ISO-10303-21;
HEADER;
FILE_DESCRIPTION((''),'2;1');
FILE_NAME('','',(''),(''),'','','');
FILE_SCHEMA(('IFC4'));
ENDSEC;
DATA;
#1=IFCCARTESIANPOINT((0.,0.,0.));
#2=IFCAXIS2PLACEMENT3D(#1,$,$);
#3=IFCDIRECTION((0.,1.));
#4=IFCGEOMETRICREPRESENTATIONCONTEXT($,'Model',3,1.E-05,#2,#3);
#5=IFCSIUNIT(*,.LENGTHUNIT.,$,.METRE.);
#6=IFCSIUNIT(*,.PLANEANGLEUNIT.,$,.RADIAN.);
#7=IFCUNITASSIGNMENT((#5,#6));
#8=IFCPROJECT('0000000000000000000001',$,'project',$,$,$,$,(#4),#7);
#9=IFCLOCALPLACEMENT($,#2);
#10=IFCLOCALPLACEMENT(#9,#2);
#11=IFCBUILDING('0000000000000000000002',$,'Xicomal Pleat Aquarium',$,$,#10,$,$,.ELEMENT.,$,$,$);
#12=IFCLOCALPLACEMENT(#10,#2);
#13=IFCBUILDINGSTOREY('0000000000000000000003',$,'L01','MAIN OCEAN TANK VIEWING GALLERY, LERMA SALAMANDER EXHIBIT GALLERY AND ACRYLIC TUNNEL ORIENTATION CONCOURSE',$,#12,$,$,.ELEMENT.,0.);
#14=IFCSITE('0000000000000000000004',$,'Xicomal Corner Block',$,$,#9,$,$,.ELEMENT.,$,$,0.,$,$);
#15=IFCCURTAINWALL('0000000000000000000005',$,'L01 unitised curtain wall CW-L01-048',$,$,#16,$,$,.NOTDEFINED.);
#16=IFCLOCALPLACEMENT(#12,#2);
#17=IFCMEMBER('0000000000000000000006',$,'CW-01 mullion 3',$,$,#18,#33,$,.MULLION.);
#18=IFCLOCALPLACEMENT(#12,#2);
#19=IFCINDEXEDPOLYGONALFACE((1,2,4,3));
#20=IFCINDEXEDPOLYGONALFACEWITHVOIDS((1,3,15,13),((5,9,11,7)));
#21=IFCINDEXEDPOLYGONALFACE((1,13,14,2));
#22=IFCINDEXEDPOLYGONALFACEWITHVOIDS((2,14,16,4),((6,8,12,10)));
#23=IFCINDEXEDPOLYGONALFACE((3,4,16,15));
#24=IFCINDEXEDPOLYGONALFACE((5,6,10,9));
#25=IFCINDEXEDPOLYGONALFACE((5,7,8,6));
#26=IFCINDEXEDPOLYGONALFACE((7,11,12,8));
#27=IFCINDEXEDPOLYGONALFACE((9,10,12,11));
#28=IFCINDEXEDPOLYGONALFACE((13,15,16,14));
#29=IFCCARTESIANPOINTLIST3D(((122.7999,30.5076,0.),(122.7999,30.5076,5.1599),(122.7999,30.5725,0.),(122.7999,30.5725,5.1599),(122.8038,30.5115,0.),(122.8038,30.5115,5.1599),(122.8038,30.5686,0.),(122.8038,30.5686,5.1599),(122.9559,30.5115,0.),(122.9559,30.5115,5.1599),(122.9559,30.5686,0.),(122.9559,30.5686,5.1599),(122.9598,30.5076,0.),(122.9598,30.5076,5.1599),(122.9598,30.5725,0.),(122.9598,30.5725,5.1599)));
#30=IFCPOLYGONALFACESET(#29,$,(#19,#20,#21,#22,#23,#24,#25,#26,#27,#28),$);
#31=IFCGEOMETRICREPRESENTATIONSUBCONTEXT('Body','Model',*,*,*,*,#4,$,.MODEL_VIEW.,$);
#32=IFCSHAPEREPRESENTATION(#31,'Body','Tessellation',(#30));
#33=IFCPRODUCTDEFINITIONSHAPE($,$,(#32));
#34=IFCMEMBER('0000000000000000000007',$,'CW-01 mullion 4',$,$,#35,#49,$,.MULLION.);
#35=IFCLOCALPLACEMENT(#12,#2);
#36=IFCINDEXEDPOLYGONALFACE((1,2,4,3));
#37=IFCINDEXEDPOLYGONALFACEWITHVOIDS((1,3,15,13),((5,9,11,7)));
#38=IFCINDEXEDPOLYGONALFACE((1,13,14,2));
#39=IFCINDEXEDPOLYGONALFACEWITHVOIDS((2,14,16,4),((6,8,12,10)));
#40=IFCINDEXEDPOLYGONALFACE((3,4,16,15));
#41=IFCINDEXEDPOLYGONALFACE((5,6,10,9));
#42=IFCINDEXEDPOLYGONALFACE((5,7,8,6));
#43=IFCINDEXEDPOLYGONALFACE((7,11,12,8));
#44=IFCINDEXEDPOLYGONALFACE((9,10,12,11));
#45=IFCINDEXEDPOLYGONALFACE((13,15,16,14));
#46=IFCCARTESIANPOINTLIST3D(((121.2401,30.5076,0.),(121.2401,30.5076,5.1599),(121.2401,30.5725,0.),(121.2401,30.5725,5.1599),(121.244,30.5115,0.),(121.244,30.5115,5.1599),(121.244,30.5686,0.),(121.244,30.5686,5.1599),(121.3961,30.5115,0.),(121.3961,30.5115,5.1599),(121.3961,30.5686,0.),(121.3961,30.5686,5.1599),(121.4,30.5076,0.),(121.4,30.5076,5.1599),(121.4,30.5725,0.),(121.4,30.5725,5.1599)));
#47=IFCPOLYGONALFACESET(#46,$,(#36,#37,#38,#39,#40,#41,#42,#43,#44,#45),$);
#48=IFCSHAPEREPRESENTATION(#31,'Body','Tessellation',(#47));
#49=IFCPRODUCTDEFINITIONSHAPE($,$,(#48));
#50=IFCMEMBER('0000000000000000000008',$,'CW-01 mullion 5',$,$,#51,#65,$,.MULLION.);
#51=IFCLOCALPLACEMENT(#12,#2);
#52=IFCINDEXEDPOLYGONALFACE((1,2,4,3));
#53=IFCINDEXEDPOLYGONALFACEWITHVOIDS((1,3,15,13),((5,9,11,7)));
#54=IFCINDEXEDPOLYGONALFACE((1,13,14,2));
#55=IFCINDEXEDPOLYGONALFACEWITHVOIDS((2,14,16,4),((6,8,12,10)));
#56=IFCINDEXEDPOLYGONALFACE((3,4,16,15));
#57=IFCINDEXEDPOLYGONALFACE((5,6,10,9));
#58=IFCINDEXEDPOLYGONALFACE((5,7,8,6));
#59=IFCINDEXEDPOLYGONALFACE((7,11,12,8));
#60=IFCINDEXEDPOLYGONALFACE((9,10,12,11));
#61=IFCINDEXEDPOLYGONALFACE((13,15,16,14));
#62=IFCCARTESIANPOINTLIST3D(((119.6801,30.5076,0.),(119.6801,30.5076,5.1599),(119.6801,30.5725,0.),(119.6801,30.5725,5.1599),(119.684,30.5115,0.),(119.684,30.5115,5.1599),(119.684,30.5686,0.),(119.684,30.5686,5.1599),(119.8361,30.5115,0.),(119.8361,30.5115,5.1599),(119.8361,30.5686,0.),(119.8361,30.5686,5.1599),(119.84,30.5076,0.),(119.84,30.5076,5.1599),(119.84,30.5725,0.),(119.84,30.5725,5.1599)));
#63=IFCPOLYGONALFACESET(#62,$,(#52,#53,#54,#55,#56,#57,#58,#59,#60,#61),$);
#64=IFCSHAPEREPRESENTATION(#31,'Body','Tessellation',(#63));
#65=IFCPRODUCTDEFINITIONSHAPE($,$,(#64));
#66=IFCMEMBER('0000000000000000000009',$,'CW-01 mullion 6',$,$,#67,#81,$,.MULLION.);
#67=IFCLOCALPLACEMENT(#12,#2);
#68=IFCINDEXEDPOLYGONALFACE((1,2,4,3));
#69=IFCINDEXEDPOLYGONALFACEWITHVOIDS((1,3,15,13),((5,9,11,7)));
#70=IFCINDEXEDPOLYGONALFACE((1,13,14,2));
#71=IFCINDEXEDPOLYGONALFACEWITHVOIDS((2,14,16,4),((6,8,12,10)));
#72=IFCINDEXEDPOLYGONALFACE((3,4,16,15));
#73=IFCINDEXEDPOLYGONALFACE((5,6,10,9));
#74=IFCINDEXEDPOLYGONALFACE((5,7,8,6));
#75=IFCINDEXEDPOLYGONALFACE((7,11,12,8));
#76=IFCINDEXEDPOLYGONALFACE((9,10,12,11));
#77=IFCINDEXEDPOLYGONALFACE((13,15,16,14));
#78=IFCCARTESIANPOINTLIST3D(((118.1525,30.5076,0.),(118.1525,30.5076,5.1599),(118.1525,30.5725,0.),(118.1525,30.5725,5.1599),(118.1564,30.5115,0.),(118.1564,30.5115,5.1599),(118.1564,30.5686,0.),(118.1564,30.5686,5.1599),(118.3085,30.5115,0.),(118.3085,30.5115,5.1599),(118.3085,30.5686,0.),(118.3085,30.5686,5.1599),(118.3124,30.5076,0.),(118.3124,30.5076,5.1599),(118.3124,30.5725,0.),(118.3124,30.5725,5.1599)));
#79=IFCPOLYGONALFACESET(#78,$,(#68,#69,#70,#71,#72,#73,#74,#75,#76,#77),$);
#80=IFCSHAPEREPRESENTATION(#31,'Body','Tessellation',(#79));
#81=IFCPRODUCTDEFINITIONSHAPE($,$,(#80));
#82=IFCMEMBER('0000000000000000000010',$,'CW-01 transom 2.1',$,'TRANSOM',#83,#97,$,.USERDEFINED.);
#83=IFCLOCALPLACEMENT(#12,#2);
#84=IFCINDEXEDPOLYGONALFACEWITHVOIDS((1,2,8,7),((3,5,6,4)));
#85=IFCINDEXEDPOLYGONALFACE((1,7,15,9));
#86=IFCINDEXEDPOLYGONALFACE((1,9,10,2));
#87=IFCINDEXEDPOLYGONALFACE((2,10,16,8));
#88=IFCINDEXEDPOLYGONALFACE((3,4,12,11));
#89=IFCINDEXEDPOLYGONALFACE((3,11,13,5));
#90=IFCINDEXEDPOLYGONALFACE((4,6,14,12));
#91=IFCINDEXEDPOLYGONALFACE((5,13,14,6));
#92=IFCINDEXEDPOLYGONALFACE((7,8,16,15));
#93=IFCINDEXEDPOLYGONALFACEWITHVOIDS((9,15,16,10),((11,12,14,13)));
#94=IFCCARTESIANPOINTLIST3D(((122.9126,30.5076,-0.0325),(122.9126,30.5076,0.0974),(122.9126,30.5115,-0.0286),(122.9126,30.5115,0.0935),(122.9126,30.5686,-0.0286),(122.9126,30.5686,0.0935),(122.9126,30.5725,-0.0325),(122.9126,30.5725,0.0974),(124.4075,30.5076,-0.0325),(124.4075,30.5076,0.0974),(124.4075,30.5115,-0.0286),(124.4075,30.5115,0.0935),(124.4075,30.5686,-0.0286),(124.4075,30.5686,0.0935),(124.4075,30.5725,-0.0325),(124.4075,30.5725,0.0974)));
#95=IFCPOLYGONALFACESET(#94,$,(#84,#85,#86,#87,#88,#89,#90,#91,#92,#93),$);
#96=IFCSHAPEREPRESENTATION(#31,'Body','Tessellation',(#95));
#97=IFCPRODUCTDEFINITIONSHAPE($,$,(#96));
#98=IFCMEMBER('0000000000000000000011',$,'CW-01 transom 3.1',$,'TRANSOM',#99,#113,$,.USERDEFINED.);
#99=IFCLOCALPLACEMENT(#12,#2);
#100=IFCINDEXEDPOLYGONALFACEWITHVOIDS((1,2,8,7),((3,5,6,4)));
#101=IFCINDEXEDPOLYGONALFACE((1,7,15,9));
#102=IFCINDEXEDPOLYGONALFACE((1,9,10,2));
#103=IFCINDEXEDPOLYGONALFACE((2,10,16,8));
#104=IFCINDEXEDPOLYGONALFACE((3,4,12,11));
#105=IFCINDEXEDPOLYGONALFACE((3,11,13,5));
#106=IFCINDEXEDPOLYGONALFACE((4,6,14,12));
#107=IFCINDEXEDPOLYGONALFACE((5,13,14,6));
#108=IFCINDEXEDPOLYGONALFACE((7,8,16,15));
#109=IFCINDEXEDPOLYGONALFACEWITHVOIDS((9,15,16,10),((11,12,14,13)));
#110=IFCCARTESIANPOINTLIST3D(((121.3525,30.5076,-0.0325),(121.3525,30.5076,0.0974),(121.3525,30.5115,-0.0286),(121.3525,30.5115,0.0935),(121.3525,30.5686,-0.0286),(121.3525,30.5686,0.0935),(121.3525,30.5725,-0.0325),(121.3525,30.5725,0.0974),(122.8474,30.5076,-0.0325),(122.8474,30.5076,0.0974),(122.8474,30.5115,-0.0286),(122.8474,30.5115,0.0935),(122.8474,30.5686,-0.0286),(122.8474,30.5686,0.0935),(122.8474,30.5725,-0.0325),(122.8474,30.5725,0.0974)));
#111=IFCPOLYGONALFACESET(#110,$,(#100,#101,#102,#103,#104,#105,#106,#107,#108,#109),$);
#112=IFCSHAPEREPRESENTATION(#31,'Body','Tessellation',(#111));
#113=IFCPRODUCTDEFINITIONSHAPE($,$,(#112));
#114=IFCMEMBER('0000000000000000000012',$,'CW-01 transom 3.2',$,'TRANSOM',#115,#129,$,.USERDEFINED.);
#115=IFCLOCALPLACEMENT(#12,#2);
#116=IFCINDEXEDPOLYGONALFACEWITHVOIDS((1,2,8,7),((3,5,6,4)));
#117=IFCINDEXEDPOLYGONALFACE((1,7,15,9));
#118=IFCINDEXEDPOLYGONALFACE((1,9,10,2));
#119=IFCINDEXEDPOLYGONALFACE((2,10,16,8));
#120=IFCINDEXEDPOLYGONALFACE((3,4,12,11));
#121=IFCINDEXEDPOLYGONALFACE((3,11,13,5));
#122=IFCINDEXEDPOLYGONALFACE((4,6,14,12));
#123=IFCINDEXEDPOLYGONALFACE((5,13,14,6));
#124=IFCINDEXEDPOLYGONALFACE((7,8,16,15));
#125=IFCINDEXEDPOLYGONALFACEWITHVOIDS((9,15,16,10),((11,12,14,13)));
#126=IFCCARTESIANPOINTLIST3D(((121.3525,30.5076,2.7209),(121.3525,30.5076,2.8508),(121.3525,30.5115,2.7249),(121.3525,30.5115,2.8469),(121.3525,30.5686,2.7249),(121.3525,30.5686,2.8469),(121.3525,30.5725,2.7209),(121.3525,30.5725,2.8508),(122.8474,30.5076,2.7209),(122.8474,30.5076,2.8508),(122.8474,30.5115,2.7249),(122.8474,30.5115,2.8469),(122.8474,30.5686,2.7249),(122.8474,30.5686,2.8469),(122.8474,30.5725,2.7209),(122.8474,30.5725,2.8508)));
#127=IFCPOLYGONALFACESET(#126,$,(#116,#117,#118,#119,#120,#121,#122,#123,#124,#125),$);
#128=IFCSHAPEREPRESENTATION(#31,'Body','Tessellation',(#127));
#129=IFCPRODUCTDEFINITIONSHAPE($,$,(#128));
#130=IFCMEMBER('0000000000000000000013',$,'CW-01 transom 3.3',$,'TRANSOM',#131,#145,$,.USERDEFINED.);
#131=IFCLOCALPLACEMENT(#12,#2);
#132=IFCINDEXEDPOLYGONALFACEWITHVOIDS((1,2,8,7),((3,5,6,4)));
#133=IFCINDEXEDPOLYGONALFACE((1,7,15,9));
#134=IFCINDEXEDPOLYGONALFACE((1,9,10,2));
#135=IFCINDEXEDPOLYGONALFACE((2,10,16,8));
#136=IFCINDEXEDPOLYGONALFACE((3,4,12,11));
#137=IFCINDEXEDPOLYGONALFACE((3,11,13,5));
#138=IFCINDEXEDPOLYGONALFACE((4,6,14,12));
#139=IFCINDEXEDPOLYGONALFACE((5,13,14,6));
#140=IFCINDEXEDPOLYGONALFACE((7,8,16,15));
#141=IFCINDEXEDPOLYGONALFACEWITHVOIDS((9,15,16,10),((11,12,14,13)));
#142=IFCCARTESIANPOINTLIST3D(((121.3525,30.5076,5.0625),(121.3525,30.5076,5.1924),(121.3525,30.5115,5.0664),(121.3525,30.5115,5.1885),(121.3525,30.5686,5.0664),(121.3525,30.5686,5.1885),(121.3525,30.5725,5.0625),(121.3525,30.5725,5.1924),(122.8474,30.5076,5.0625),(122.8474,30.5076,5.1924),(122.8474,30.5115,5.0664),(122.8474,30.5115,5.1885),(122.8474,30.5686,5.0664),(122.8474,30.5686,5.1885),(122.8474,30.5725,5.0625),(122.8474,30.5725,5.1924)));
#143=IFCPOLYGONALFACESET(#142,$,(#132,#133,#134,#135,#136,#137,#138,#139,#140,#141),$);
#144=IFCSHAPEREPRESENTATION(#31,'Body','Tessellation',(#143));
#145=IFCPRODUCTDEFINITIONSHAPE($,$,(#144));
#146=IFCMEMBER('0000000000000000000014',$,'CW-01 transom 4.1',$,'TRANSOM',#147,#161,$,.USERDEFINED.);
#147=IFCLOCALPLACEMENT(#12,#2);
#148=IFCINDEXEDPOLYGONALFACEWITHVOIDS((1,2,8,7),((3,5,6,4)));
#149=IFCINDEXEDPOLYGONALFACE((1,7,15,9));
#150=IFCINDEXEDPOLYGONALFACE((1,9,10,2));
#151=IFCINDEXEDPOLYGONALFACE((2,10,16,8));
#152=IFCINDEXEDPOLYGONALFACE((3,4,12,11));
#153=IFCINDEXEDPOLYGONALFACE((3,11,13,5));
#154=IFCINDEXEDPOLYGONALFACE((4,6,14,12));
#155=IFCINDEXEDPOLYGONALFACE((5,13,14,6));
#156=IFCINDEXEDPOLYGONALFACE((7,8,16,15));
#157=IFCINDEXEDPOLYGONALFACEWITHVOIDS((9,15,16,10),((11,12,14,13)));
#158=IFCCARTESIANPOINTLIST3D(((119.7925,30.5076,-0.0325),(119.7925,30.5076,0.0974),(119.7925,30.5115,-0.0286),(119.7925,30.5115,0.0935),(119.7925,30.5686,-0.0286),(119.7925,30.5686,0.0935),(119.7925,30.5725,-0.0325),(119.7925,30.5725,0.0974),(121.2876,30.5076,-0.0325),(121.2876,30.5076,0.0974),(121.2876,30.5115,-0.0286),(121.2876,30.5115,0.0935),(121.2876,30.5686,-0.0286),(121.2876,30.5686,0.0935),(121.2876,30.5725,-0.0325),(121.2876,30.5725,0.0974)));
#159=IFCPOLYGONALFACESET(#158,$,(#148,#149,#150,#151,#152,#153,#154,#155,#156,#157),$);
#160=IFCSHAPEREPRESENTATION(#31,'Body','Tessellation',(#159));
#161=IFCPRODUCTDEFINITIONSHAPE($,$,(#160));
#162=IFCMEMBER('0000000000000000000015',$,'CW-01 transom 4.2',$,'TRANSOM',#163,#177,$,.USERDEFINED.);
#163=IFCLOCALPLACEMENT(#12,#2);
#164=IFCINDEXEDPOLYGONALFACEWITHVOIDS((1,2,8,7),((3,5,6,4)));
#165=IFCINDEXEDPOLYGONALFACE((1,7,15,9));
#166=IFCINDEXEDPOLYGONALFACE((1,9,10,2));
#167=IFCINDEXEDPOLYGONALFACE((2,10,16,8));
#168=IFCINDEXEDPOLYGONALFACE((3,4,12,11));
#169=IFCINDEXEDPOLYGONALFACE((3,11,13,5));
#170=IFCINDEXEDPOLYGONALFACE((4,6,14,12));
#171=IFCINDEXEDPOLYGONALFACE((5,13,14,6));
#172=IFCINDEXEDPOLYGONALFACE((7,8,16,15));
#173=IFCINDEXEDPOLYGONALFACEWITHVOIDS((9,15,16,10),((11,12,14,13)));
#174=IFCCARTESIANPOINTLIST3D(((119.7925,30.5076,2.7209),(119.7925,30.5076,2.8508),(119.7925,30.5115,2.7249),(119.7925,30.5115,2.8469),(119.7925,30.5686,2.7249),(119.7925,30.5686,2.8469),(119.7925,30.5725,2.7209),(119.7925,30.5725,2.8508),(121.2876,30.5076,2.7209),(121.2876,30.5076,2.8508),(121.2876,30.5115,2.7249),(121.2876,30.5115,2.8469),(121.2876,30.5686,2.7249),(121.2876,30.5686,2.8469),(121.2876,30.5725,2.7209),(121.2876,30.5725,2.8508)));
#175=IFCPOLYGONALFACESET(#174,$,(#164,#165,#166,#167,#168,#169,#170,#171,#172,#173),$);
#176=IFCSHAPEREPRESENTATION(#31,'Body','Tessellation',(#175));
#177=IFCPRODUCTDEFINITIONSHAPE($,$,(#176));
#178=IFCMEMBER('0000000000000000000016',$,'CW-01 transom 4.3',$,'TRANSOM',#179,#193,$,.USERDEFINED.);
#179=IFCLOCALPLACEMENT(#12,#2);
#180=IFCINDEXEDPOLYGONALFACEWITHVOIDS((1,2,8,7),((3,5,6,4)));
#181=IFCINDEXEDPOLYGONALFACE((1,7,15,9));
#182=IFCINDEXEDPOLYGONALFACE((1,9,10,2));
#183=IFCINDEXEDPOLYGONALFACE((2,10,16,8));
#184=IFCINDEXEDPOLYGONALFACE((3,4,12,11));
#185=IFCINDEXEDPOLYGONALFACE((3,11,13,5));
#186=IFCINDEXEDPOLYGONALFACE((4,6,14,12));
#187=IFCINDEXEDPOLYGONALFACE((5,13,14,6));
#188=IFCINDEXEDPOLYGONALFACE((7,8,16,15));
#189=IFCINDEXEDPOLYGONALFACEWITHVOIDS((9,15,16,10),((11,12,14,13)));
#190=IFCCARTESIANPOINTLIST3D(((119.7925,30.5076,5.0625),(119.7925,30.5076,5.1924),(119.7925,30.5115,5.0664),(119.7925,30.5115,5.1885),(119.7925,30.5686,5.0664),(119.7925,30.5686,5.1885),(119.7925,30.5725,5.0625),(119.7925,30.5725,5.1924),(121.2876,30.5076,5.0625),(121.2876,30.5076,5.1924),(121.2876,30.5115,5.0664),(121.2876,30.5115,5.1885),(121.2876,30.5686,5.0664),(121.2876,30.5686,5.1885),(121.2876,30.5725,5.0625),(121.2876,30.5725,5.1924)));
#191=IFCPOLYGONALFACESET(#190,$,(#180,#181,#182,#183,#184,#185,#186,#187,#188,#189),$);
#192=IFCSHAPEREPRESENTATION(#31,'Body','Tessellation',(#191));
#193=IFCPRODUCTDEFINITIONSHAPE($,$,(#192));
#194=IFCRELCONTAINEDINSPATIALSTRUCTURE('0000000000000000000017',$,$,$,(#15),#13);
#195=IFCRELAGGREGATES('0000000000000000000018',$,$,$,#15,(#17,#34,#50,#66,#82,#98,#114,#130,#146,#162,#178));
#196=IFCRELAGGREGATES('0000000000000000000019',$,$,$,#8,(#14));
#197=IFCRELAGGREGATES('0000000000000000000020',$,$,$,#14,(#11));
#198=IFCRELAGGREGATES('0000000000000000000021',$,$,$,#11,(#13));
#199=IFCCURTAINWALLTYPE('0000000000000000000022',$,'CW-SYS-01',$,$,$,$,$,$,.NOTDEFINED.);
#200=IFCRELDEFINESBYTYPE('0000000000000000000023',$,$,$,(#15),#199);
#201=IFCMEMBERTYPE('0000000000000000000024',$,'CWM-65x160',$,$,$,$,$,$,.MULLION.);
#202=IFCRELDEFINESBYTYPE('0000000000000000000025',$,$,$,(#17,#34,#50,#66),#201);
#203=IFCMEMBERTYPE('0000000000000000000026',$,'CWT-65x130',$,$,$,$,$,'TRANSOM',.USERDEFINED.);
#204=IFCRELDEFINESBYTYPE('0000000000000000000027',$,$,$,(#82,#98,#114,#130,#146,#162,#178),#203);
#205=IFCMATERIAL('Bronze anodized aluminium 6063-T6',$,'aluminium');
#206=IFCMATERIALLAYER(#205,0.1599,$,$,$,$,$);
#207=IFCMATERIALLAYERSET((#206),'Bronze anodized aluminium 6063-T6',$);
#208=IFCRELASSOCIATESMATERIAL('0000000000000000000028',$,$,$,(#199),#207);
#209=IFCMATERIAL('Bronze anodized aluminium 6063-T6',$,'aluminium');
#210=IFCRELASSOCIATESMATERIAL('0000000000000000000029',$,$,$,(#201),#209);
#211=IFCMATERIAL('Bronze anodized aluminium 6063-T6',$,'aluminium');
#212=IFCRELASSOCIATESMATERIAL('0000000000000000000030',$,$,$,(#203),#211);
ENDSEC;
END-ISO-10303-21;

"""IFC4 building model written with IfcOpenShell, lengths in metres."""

from ifc_helpers import new_model, si_unit, direction, frame, origin, origin_2d, place, context, subcontext, project, spatial, hollow_rectangle, extrude, material, layer, layer_set, material_profile, profile_set, type_object, element, aggregate, save


model = new_model("IFC4")

# Units and contexts
model_context = context("Model", 3, precision=1e-05, world=origin(), true_north=direction((0.0, 1.0)))
body_context = subcontext(model_context, "Body", "Model", "MODEL_VIEW")
ifc_project = project(units=[si_unit("LENGTHUNIT", "METRE"), si_unit("PLANEANGLEUNIT", "RADIAN")], contexts=[model_context])

# Site, building, storey
site_placement = place(None, origin())
site = spatial("IfcSite", under=ifc_project, at=site_placement, Name="Xicomal Corner Block", CompositionType="ELEMENT", RefElevation=0.0)
building_placement = place(site_placement, origin())
building = spatial("IfcBuilding", under=site, at=building_placement, Name="Xicomal Pleat Aquarium", CompositionType="ELEMENT")
storey_placement = place(building_placement, origin())
storey = spatial("IfcBuildingStorey", under=building, at=storey_placement, Name="L01", Description="MAIN OCEAN TANK VIEWING GALLERY, LERMA SALAMANDER EXHIBIT GALLERY AND ACRYLIC TUNNEL ORIENTATION CONCOURSE", CompositionType="ELEMENT", Elevation=0.0)

# Curtain wall, members
ifc_material_1 = material(Name="Bronze anodized aluminium 6063-T6", Category="aluminium")
ifc_layer_1 = layer(ifc_material_1, 0.1599)
ifc_layer_set_1 = layer_set([ifc_layer_1], Name="Bronze anodized aluminium 6063-T6")
curtain_wall_type_1 = type_object("IfcCurtainWallType", Name="CW-SYS-01", PredefinedType="NOTDEFINED", material=ifc_layer_set_1)
curtain_wall_1_placement = place(storey_placement, origin())
curtain_wall_1 = element("IfcCurtainWall", 1, at=curtain_wall_1_placement, inside=storey, type_object=curtain_wall_type_1, Name="L01 unitised curtain wall CW-L01-048", PredefinedType="NOTDEFINED")
ifc_material_2 = material(Name="Bronze anodized aluminium 6063-T6", Category="aluminium")
ifc_material_profile_1 = material_profile(ifc_material_2, hollow_rectangle(XDim=0.0649, YDim=0.1599, WallThickness=0.0039, at=origin_2d()), Name="ALU MULL 65x160")
ifc_profile_set_1 = profile_set([ifc_material_profile_1], Name="Bronze anodized aluminium 6063-T6")
member_type_1 = type_object("IfcMemberType", Name="CWM-65x160", PredefinedType="MULLION", material=ifc_profile_set_1)
member_1_placement = place(storey_placement, frame((122.8799, 30.54, 0.0), z_axis=(0.0, 0.0, 1.0), x_axis=(0.0, -1.0, 0.0)))
member_1 = element("IfcMember", 2, at=member_1_placement, type_object=member_type_1, Name="CW-01 mullion 3", PredefinedType="MULLION", context=body_context, shape_type="SweptSolid", body=[
    extrude(hollow_rectangle(XDim=0.0649, YDim=0.1599, WallThickness=0.0039, at=origin_2d()), origin(), (0.0, 0.0, 1.0), 5.1599),
])
member_2_placement = place(storey_placement, frame((121.3201, 30.54, 0.0), z_axis=(0.0, 0.0, 1.0), x_axis=(0.0, -1.0, 0.0)))
member_2 = element("IfcMember", 3, at=member_2_placement, type_object=member_type_1, Name="CW-01 mullion 4", PredefinedType="MULLION", context=body_context, shape_type="SweptSolid", body=[
    extrude(hollow_rectangle(XDim=0.0649, YDim=0.1599, WallThickness=0.0039, at=origin_2d()), origin(), (0.0, 0.0, 1.0), 5.1599),
])
member_3_placement = place(storey_placement, frame((119.76, 30.54, 0.0), z_axis=(0.0, 0.0, 1.0), x_axis=(0.0, -1.0, 0.0)))
member_3 = element("IfcMember", 4, at=member_3_placement, type_object=member_type_1, Name="CW-01 mullion 5", PredefinedType="MULLION", context=body_context, shape_type="SweptSolid", body=[
    extrude(hollow_rectangle(XDim=0.0649, YDim=0.1599, WallThickness=0.0039, at=origin_2d()), origin(), (0.0, 0.0, 1.0), 5.1599),
])
member_4_placement = place(storey_placement, frame((118.2324, 30.54, 0.0), z_axis=(0.0, 0.0, 1.0), x_axis=(0.0, -1.0, 0.0)))
member_4 = element("IfcMember", 5, at=member_4_placement, type_object=member_type_1, Name="CW-01 mullion 6", PredefinedType="MULLION", context=body_context, shape_type="SweptSolid", body=[
    extrude(hollow_rectangle(XDim=0.0649, YDim=0.1599, WallThickness=0.0039, at=origin_2d()), origin(), (0.0, 0.0, 1.0), 5.1599),
])
ifc_material_3 = material(Name="Bronze anodized aluminium 6063-T6", Category="aluminium")
ifc_material_profile_2 = material_profile(ifc_material_3, hollow_rectangle(XDim=0.0649, YDim=0.1299, WallThickness=0.0039, at=origin_2d()), Name="ALU TRAN 65x130")
ifc_profile_set_2 = profile_set([ifc_material_profile_2], Name="Bronze anodized aluminium 6063-T6")
member_type_2 = type_object("IfcMemberType", Name="CWT-65x130", ElementType="TRANSOM", PredefinedType="USERDEFINED", material=ifc_profile_set_2)
member_5_placement = place(storey_placement, frame((124.4075, 30.54, 0.0325), z_axis=(-1.0, 0.0, 0.0), x_axis=(0.0, -1.0, 0.0)))
member_5 = element("IfcMember", 6, at=member_5_placement, type_object=member_type_2, Name="CW-01 transom 2.1", ObjectType="TRANSOM", PredefinedType="USERDEFINED", context=body_context, shape_type="SweptSolid", body=[
    extrude(hollow_rectangle(XDim=0.0649, YDim=0.1299, WallThickness=0.0039, at=origin_2d()), origin(), (0.0, 0.0, 1.0), 1.4949),
])
member_6_placement = place(storey_placement, frame((122.8474, 30.54, 0.0325), z_axis=(-1.0, 0.0, 0.0), x_axis=(0.0, -1.0, 0.0)))
member_6 = element("IfcMember", 7, at=member_6_placement, type_object=member_type_2, Name="CW-01 transom 3.1", ObjectType="TRANSOM", PredefinedType="USERDEFINED", context=body_context, shape_type="SweptSolid", body=[
    extrude(hollow_rectangle(XDim=0.0649, YDim=0.1299, WallThickness=0.0039, at=origin_2d()), origin(), (0.0, 0.0, 1.0), 1.4949),
])
member_7_placement = place(storey_placement, frame((122.8474, 30.54, 2.7859), z_axis=(-1.0, 0.0, 0.0), x_axis=(0.0, -1.0, 0.0)))
member_7 = element("IfcMember", 8, at=member_7_placement, type_object=member_type_2, Name="CW-01 transom 3.2", ObjectType="TRANSOM", PredefinedType="USERDEFINED", context=body_context, shape_type="SweptSolid", body=[
    extrude(hollow_rectangle(XDim=0.0649, YDim=0.1299, WallThickness=0.0039, at=origin_2d()), origin(), (0.0, 0.0, 1.0), 1.4949),
])
member_8_placement = place(storey_placement, frame((122.8474, 30.54, 5.1274), z_axis=(-1.0, 0.0, 0.0), x_axis=(0.0, -1.0, 0.0)))
member_8 = element("IfcMember", 9, at=member_8_placement, type_object=member_type_2, Name="CW-01 transom 3.3", ObjectType="TRANSOM", PredefinedType="USERDEFINED", context=body_context, shape_type="SweptSolid", body=[
    extrude(hollow_rectangle(XDim=0.0649, YDim=0.1299, WallThickness=0.0039, at=origin_2d()), origin(), (0.0, 0.0, 1.0), 1.4949),
])
member_9_placement = place(storey_placement, frame((121.2876, 30.54, 0.0325), z_axis=(-1.0, 0.0, 0.0), x_axis=(0.0, -1.0, 0.0)))
member_9 = element("IfcMember", 10, at=member_9_placement, type_object=member_type_2, Name="CW-01 transom 4.1", ObjectType="TRANSOM", PredefinedType="USERDEFINED", context=body_context, shape_type="SweptSolid", body=[
    extrude(hollow_rectangle(XDim=0.0649, YDim=0.1299, WallThickness=0.0039, at=origin_2d()), origin(), (0.0, 0.0, 1.0), 1.4951),
])
member_10_placement = place(storey_placement, frame((121.2876, 30.54, 2.7859), z_axis=(-1.0, 0.0, 0.0), x_axis=(0.0, -1.0, 0.0)))
member_10 = element("IfcMember", 11, at=member_10_placement, type_object=member_type_2, Name="CW-01 transom 4.2", ObjectType="TRANSOM", PredefinedType="USERDEFINED", context=body_context, shape_type="SweptSolid", body=[
    extrude(hollow_rectangle(XDim=0.0649, YDim=0.1299, WallThickness=0.0039, at=origin_2d()), origin(), (0.0, 0.0, 1.0), 1.4951),
])
member_11_placement = place(storey_placement, frame((121.2876, 30.54, 5.1274), z_axis=(-1.0, 0.0, 0.0), x_axis=(0.0, -1.0, 0.0)))
member_11 = element("IfcMember", 12, at=member_11_placement, type_object=member_type_2, Name="CW-01 transom 4.3", ObjectType="TRANSOM", PredefinedType="USERDEFINED", context=body_context, shape_type="SweptSolid", body=[
    extrude(hollow_rectangle(XDim=0.0649, YDim=0.1299, WallThickness=0.0039, at=origin_2d()), origin(), (0.0, 0.0, 1.0), 1.4951),
])

aggregate(curtain_wall_1, [member_1, member_2, member_3, member_4, member_5, member_6, member_7, member_8, member_9, member_10, member_11])

save(model, "model.ifc")
